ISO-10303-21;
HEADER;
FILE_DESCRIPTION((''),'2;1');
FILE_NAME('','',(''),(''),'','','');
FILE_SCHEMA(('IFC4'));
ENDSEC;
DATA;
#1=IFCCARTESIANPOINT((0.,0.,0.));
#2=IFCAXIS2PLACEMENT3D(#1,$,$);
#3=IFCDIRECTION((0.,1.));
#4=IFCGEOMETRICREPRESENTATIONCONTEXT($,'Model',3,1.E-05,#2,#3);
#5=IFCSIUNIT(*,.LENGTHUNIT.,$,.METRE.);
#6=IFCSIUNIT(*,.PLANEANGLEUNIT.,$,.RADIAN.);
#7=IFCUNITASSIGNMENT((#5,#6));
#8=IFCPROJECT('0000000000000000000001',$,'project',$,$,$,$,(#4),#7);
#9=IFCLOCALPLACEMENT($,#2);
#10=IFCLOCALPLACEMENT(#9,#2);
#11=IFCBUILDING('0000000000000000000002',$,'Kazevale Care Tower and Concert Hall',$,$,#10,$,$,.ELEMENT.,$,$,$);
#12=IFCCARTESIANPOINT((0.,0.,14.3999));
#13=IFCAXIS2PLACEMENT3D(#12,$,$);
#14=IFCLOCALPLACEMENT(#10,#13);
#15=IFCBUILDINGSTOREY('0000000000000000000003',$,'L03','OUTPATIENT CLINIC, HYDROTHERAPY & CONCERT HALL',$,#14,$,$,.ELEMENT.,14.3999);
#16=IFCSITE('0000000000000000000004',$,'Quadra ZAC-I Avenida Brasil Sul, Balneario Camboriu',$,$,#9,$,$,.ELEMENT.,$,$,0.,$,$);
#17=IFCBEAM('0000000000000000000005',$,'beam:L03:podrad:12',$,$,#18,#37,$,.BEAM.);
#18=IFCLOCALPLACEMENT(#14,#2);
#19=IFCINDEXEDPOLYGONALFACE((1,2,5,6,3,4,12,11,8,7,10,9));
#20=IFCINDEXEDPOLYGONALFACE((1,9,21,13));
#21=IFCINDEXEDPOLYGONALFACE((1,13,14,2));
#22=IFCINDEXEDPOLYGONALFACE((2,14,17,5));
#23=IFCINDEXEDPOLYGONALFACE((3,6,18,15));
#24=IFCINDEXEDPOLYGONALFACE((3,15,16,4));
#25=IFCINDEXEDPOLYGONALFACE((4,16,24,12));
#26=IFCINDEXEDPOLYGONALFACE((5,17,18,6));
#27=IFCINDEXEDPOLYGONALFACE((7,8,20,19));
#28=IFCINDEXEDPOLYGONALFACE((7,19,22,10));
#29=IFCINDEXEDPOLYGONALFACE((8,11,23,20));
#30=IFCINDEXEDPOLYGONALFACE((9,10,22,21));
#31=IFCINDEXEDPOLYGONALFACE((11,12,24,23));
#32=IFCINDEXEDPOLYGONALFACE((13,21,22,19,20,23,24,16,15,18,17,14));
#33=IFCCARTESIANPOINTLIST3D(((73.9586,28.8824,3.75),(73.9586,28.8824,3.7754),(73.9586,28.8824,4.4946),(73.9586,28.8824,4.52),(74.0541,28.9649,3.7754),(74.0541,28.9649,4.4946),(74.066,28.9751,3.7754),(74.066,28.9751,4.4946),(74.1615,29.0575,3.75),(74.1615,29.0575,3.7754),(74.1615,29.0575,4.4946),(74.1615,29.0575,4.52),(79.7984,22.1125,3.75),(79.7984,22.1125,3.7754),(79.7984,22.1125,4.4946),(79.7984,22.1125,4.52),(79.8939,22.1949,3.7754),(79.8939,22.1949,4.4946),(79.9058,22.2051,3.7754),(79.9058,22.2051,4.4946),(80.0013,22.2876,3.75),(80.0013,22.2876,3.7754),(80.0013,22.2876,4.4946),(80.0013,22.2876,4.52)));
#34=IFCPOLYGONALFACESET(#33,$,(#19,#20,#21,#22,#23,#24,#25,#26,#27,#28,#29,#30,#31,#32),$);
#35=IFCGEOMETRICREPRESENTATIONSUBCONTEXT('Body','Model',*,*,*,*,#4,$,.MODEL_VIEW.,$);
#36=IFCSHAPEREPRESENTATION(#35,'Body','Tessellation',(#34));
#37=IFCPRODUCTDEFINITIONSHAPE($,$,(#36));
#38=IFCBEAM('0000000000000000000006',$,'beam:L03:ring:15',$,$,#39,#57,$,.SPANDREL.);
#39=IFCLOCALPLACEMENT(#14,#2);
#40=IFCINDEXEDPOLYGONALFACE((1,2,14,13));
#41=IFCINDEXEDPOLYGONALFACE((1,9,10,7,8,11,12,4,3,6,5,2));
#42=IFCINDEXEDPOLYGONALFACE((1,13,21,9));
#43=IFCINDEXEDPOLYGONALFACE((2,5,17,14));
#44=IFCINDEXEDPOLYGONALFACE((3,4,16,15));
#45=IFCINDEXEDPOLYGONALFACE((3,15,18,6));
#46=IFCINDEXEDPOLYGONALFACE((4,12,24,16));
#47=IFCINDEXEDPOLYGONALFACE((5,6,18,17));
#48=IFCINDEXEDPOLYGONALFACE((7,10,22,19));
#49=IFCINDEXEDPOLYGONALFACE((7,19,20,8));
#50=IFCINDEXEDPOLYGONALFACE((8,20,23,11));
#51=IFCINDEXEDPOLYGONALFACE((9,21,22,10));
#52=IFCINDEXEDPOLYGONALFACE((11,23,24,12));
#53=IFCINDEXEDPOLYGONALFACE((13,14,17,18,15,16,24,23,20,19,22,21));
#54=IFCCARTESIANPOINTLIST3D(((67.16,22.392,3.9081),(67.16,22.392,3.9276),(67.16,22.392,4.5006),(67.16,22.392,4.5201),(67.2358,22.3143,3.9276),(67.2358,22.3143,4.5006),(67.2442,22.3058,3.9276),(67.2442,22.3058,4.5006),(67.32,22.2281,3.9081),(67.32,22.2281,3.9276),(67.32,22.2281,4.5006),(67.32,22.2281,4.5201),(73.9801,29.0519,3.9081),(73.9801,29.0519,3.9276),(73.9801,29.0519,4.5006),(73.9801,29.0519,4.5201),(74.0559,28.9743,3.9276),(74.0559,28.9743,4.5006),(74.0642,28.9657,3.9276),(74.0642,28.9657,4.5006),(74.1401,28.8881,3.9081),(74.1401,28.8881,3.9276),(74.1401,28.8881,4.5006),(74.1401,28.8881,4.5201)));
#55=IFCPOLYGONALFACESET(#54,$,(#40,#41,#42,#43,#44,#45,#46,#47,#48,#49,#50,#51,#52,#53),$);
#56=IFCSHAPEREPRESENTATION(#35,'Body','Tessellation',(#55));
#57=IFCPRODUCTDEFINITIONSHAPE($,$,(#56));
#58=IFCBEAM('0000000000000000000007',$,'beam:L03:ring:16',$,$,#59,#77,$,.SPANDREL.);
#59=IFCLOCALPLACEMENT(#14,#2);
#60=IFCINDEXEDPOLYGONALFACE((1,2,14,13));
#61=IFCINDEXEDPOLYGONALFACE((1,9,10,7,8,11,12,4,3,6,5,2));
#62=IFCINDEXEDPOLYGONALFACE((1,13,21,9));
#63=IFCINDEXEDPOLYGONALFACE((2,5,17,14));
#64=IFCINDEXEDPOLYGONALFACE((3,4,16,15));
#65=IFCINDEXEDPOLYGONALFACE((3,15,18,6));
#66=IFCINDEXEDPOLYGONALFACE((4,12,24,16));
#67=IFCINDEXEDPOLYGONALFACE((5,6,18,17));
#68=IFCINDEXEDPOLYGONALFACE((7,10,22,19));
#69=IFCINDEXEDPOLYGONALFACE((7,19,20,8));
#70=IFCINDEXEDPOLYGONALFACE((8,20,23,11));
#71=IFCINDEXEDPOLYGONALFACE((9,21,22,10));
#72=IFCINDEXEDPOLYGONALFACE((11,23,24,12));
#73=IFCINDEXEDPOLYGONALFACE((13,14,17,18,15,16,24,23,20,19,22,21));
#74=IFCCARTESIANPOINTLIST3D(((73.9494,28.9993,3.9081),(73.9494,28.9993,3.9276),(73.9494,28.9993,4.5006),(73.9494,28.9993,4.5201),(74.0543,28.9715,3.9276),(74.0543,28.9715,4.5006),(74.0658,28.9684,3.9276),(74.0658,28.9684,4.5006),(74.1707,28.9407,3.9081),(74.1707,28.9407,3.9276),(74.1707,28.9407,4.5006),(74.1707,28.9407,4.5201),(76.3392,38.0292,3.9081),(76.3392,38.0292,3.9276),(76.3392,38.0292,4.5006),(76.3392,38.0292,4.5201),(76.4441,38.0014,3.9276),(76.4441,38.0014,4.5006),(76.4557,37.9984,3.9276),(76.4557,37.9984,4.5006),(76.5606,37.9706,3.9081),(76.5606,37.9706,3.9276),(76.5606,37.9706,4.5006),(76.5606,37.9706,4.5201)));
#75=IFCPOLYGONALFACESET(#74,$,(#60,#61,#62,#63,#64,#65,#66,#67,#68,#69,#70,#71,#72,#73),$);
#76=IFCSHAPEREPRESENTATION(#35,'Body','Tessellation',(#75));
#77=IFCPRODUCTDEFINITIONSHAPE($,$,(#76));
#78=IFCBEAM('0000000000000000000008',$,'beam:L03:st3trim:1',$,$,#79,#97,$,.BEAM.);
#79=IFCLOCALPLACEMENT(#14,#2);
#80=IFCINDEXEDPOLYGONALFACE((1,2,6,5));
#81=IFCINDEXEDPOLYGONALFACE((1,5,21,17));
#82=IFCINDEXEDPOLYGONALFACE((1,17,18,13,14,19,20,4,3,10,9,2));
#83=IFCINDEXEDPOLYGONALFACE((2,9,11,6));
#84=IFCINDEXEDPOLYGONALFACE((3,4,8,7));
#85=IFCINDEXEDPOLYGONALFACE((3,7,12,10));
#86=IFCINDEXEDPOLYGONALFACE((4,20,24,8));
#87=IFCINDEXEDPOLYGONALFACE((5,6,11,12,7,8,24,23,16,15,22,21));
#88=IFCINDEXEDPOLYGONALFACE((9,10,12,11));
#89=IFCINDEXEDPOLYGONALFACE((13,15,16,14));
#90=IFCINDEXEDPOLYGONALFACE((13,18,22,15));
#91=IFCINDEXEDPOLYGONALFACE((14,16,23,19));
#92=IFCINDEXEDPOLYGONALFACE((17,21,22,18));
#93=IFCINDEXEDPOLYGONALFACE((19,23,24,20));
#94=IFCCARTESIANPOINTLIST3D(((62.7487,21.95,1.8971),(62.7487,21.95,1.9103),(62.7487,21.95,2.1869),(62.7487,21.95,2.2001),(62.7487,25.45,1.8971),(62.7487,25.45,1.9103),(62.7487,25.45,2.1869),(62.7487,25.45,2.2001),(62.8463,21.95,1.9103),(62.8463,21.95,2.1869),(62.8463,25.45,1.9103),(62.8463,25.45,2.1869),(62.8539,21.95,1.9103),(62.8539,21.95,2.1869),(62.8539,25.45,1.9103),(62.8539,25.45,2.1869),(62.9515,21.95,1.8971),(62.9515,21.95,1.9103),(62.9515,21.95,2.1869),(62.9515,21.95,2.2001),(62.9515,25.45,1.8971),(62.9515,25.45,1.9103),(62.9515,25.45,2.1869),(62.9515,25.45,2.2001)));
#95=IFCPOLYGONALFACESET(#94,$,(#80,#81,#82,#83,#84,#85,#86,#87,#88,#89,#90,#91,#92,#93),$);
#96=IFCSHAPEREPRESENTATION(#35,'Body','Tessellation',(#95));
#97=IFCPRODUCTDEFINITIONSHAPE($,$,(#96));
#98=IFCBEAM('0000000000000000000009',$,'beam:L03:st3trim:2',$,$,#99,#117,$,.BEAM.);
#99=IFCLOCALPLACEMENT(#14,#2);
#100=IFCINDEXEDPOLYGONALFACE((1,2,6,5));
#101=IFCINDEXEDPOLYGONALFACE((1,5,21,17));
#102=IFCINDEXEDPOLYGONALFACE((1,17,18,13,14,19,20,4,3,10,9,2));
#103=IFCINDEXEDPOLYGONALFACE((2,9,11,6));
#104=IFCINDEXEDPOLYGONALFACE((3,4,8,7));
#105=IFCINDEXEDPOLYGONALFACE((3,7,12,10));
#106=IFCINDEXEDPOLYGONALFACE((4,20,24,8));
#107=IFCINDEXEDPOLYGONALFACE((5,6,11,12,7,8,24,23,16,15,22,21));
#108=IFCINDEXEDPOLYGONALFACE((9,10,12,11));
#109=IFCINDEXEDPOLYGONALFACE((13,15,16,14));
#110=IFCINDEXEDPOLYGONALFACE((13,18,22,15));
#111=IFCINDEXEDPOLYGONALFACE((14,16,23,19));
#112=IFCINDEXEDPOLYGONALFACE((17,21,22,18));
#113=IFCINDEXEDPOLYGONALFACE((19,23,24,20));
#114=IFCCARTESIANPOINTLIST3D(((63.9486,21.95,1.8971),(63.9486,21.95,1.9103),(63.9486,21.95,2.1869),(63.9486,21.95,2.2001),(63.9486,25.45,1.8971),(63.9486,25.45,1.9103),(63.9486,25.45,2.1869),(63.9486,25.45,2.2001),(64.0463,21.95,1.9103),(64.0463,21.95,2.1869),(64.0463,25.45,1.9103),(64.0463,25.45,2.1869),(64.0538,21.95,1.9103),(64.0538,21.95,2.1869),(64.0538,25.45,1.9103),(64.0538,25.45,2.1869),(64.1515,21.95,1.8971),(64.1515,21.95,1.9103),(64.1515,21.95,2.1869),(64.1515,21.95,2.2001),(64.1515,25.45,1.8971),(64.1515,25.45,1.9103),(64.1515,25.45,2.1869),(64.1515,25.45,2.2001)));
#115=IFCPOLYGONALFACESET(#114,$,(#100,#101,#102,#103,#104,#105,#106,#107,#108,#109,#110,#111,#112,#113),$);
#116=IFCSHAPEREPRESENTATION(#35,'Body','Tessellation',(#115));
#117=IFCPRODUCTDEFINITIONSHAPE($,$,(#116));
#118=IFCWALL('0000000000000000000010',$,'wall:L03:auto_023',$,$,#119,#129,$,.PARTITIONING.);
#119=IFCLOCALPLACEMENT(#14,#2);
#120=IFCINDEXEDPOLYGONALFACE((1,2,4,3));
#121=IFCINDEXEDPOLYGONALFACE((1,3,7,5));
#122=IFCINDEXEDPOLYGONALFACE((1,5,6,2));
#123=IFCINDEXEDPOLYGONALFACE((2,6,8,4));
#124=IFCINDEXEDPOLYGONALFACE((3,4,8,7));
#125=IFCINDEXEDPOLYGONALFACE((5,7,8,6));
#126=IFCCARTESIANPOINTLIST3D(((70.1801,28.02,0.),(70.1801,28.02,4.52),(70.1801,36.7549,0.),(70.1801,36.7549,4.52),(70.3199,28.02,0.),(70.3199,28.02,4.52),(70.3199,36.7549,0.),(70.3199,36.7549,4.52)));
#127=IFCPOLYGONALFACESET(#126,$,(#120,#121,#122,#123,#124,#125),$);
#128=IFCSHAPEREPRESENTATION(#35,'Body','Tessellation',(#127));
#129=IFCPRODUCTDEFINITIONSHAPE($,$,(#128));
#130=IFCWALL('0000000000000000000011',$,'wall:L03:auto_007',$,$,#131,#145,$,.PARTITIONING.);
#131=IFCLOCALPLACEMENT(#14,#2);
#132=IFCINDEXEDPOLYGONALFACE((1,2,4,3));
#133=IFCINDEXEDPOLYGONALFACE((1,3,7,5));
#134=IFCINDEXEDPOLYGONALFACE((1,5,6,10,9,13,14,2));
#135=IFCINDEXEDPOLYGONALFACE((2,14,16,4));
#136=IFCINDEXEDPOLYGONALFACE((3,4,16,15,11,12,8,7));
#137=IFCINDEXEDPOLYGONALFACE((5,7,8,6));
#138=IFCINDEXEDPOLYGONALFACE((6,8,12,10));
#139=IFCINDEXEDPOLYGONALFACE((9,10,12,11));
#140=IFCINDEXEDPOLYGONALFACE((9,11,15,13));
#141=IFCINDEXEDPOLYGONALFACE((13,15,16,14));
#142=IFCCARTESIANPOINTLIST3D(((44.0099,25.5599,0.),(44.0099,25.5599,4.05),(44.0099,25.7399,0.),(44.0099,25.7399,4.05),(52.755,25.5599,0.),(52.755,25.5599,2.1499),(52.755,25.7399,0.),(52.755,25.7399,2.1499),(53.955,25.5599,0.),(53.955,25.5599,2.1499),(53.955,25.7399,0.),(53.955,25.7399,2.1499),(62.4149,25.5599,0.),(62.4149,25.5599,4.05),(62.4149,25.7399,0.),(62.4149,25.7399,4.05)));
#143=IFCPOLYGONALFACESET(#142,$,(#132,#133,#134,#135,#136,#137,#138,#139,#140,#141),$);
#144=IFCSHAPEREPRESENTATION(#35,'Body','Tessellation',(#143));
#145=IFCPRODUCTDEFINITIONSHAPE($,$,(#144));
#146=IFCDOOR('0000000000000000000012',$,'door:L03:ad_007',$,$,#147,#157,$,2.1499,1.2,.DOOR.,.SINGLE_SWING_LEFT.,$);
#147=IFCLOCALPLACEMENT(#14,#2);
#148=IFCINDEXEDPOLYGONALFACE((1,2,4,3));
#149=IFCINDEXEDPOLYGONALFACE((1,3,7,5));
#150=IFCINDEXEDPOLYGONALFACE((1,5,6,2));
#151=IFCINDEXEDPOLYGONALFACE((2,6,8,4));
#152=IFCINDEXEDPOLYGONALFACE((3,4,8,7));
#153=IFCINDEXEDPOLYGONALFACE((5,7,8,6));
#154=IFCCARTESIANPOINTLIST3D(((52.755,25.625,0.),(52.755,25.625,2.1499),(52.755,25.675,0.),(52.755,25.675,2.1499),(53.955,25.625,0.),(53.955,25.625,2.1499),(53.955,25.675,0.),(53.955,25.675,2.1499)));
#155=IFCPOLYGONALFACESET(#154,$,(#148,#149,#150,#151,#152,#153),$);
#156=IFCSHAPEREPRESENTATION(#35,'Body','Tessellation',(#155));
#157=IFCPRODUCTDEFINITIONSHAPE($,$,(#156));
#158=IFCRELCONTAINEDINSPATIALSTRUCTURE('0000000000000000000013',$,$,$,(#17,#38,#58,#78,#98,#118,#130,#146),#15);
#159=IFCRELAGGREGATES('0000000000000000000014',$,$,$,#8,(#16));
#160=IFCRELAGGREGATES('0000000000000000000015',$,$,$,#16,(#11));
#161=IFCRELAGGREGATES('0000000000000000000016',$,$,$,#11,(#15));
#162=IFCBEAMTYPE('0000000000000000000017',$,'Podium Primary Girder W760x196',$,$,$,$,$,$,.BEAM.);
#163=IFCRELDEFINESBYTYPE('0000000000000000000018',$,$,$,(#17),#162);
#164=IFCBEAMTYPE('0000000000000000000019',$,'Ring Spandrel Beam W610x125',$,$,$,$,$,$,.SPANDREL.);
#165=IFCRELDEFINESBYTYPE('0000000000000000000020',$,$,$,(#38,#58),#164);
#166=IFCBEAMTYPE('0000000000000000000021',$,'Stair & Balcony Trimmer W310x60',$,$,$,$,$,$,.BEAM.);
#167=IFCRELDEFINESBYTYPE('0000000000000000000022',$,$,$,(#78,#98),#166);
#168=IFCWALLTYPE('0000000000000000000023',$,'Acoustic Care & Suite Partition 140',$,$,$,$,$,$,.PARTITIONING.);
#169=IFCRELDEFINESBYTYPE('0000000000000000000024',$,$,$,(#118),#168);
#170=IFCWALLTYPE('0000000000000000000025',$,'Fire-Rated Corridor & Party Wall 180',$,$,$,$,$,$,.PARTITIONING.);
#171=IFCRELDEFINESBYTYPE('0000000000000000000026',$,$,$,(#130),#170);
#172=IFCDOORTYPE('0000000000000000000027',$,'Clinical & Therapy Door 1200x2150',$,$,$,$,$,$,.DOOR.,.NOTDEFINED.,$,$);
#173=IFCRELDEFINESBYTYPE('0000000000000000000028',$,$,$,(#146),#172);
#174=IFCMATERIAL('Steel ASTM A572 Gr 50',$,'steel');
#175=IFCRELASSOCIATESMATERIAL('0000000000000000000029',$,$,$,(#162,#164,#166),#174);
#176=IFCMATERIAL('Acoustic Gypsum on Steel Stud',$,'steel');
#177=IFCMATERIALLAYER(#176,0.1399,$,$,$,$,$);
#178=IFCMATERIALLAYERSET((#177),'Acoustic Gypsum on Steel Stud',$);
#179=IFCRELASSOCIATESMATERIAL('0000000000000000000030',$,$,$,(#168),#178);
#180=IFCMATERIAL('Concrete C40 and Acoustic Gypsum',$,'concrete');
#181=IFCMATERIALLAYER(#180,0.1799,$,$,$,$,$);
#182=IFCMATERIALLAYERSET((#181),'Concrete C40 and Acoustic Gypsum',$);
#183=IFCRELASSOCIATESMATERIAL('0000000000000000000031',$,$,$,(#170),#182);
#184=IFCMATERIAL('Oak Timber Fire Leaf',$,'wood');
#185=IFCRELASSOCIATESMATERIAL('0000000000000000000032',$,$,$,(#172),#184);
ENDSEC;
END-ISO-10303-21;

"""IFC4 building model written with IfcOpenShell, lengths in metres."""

from ifc_helpers import new_model, si_unit, direction, frame, frame_2d, origin, origin_2d, place, context, subcontext, project, spatial, rectangle, i_section, extrude, material, layer, layer_set, material_profile, profile_set, type_object, element, fill, save


model = new_model("IFC4")

# Units and contexts
model_context = context("Model", 3, precision=1e-05, world=origin(), true_north=direction((0.0, 1.0)))
body_context = subcontext(model_context, "Body", "Model", "MODEL_VIEW")
ifc_project = project(units=[si_unit("LENGTHUNIT", "METRE"), si_unit("PLANEANGLEUNIT", "RADIAN")], contexts=[model_context])

# Site, building, storey
site_placement = place(None, origin())
site = spatial("IfcSite", under=ifc_project, at=site_placement, Name="Quadra ZAC-I Avenida Brasil Sul, Balneario Camboriu", CompositionType="ELEMENT", RefElevation=0.0)
building_placement = place(site_placement, origin())
building = spatial("IfcBuilding", under=site, at=building_placement, Name="Kazevale Care Tower and Concert Hall", CompositionType="ELEMENT")
storey_placement = place(building_placement, frame((0.0, 0.0, 14.3999)))
storey = spatial("IfcBuildingStorey", under=building, at=storey_placement, Name="L03", Description="OUTPATIENT CLINIC, HYDROTHERAPY & CONCERT HALL", CompositionType="ELEMENT", Elevation=14.3999)

# Beams
ifc_material_1 = material(Name="Steel ASTM A572 Gr 50", Category="steel")
ifc_material_profile_1 = material_profile(ifc_material_1, i_section(OverallWidth=0.2681, OverallDepth=0.77, WebThickness=0.0156, FlangeThickness=0.0254, at=origin_2d()), Name="W760x196")
ifc_profile_set_1 = profile_set([ifc_material_profile_1], Name="Steel ASTM A572 Gr 50")
beam_type_1 = type_object("IfcBeamType", Name="Podium Primary Girder W760x196", PredefinedType="BEAM", material=ifc_profile_set_1)
beam_1_placement = place(storey_placement, frame((74.0601, 28.97, 4.135), z_axis=(0.653172, -0.75721, 0.0), x_axis=(0.75721, 0.653172, 0.0)))
element("IfcBeam", 1, at=beam_1_placement, inside=storey, type_object=beam_type_1, Name="beam:L03:podrad:12", PredefinedType="BEAM", context=body_context, shape_type="SweptSolid", body=[
    extrude(i_section(OverallWidth=0.2681, OverallDepth=0.77, WebThickness=0.0156, FlangeThickness=0.0254, at=origin_2d()), origin(), (0.0, 0.0, 1.0), 8.9407),
])
ifc_material_profile_2 = material_profile(ifc_material_1, i_section(OverallWidth=0.229, OverallDepth=0.6121, WebThickness=0.012, FlangeThickness=0.0195, at=origin_2d()), Name="W610x125")
ifc_profile_set_2 = profile_set([ifc_material_profile_2], Name="Steel ASTM A572 Gr 50")
beam_type_2 = type_object("IfcBeamType", Name="Ring Spandrel Beam W610x125", PredefinedType="SPANDREL", material=ifc_profile_set_2)
beam_2_placement = place(storey_placement, frame((67.24, 22.3101, 4.2141), z_axis=(0.715457, 0.698656, 0.0), x_axis=(-0.698656, 0.715457, 0.0)))
element("IfcBeam", 2, at=beam_2_placement, inside=storey, type_object=beam_type_2, Name="beam:L03:ring:15", PredefinedType="SPANDREL", context=body_context, shape_type="SweptSolid", body=[
    extrude(i_section(OverallWidth=0.229, OverallDepth=0.6121, WebThickness=0.012, FlangeThickness=0.0195, at=origin_2d()), origin(), (0.0, 0.0, 1.0), 9.5325),
])
beam_3_placement = place(storey_placement, frame((74.0601, 28.97, 4.2141), z_axis=(0.255852, 0.966716, 0.0), x_axis=(-0.966716, 0.255852, 0.0)))
element("IfcBeam", 3, at=beam_3_placement, inside=storey, type_object=beam_type_2, Name="beam:L03:ring:16", PredefinedType="SPANDREL", context=body_context, shape_type="SweptSolid", body=[
    extrude(i_section(OverallWidth=0.229, OverallDepth=0.6121, WebThickness=0.012, FlangeThickness=0.0195, at=origin_2d()), origin(), (0.0, 0.0, 1.0), 9.3408),
])
ifc_material_profile_3 = material_profile(ifc_material_1, i_section(OverallWidth=0.2029, OverallDepth=0.303, WebThickness=0.0076, FlangeThickness=0.0132, at=origin_2d()), Name="W310x60")
ifc_profile_set_3 = profile_set([ifc_material_profile_3], Name="Steel ASTM A572 Gr 50")
beam_type_3 = type_object("IfcBeamType", Name="Stair & Balcony Trimmer W310x60", PredefinedType="BEAM", material=ifc_profile_set_3)
for number, where, z_axis, x_axis, name in (
    (4, (62.8501, 21.95, 2.0486), (0.0, 1.0, 0.0), (-1.0, 0.0, 0.0), "beam:L03:st3trim:1"),
    (5, (64.05, 21.95, 2.0486), (0.0, 1.0, 0.0), (-1.0, 0.0, 0.0), "beam:L03:st3trim:2"),
):
    element("IfcBeam", number, at=place(storey_placement, frame(where, z_axis=z_axis, x_axis=x_axis)), inside=storey, type_object=beam_type_3, Name=name, PredefinedType="BEAM", context=body_context, shape_type="SweptSolid", body=[
        extrude(i_section(OverallWidth=0.2029, OverallDepth=0.303, WebThickness=0.0076, FlangeThickness=0.0132, at=origin_2d()), origin(), (0.0, 0.0, 1.0), 3.5),
    ])

# Wall
ifc_material_2 = material(Name="Acoustic Gypsum on Steel Stud", Category="steel")
ifc_layer_1 = layer(ifc_material_2, 0.1399)
ifc_layer_set_1 = layer_set([ifc_layer_1], Name="Acoustic Gypsum on Steel Stud")
wall_type_1 = type_object("IfcWallType", Name="Acoustic Care & Suite Partition 140", PredefinedType="PARTITIONING", material=ifc_layer_set_1)
wall_1_placement = place(storey_placement, frame((70.25, 36.7549, 0.0), z_axis=(0.0, 0.0, 1.0), x_axis=(0.0, -1.0, 0.0)))
element("IfcWall", 6, at=wall_1_placement, inside=storey, type_object=wall_type_1, Name="wall:L03:auto_023", PredefinedType="PARTITIONING", context=body_context, shape_type="SweptSolid", body=[
    extrude(rectangle(XDim=8.7349, YDim=0.1399, at=frame_2d((4.3674, 0.0))), origin(), (0.0, 0.0, 1.0), 4.52),
])

# Wall, opening, door
ifc_material_3 = material(Name="Concrete C40 and Acoustic Gypsum", Category="concrete")
ifc_layer_2 = layer(ifc_material_3, 0.1799)
ifc_layer_set_2 = layer_set([ifc_layer_2], Name="Concrete C40 and Acoustic Gypsum")
wall_type_2 = type_object("IfcWallType", Name="Fire-Rated Corridor & Party Wall 180", PredefinedType="PARTITIONING", material=ifc_layer_set_2)
wall_2_placement = place(storey_placement, frame((62.415, 25.6499, 0.0), z_axis=(0.0, 0.0, 1.0), x_axis=(-1.0, 0.0, 0.0)))
wall_2 = element("IfcWall", 7, at=wall_2_placement, inside=storey, type_object=wall_type_2, Name="wall:L03:auto_007", PredefinedType="PARTITIONING", context=body_context, shape_type="SweptSolid", body=[
    extrude(rectangle(XDim=18.405, YDim=0.1799, at=frame_2d((9.2026, 0.0))), origin(), (0.0, 0.0, 1.0), 4.05),
])
opening_1_placement = place(wall_2_placement, frame((8.46, 0.0, 0.0)))
opening_1 = element("IfcOpeningElement", 8, at=opening_1_placement, cuts=wall_2, PredefinedType="OPENING", context=body_context, shape_type="SweptSolid", body=[
    extrude(rectangle(XDim=1.2, YDim=2.1499, at=frame_2d((0.6001, 1.075))), frame((0.0, 0.0999, 0.0), z_axis=(0.0, -1.0, 0.0), x_axis=(1.0, 0.0, 0.0)), (0.0, 0.0, 1.0), 0.2),
])
ifc_material_4 = material(Name="Oak Timber Fire Leaf", Category="wood")
door_type = type_object("IfcDoorType", Name="Clinical & Therapy Door 1200x2150", OperationType="NOTDEFINED", PredefinedType="DOOR", material=ifc_material_4)
door_1_placement = place(opening_1_placement, origin())
door_1 = element("IfcDoor", 9, at=door_1_placement, inside=storey, type_object=door_type, Name="door:L03:ad_007", OperationType="SINGLE_SWING_LEFT", OverallHeight=2.1499, OverallWidth=1.2, PredefinedType="DOOR", context=body_context, shape_type="SweptSolid", body=[
    extrude(rectangle(XDim=1.2, YDim=2.1499, at=frame_2d((0.6001, 1.075))), frame((0.0, 0.0249, 0.0), z_axis=(0.0, -1.0, 0.0), x_axis=(1.0, 0.0, 0.0)), (0.0, 0.0, 1.0), 0.05),
])
fill(opening_1, door_1)

save(model, "model.ifc")
